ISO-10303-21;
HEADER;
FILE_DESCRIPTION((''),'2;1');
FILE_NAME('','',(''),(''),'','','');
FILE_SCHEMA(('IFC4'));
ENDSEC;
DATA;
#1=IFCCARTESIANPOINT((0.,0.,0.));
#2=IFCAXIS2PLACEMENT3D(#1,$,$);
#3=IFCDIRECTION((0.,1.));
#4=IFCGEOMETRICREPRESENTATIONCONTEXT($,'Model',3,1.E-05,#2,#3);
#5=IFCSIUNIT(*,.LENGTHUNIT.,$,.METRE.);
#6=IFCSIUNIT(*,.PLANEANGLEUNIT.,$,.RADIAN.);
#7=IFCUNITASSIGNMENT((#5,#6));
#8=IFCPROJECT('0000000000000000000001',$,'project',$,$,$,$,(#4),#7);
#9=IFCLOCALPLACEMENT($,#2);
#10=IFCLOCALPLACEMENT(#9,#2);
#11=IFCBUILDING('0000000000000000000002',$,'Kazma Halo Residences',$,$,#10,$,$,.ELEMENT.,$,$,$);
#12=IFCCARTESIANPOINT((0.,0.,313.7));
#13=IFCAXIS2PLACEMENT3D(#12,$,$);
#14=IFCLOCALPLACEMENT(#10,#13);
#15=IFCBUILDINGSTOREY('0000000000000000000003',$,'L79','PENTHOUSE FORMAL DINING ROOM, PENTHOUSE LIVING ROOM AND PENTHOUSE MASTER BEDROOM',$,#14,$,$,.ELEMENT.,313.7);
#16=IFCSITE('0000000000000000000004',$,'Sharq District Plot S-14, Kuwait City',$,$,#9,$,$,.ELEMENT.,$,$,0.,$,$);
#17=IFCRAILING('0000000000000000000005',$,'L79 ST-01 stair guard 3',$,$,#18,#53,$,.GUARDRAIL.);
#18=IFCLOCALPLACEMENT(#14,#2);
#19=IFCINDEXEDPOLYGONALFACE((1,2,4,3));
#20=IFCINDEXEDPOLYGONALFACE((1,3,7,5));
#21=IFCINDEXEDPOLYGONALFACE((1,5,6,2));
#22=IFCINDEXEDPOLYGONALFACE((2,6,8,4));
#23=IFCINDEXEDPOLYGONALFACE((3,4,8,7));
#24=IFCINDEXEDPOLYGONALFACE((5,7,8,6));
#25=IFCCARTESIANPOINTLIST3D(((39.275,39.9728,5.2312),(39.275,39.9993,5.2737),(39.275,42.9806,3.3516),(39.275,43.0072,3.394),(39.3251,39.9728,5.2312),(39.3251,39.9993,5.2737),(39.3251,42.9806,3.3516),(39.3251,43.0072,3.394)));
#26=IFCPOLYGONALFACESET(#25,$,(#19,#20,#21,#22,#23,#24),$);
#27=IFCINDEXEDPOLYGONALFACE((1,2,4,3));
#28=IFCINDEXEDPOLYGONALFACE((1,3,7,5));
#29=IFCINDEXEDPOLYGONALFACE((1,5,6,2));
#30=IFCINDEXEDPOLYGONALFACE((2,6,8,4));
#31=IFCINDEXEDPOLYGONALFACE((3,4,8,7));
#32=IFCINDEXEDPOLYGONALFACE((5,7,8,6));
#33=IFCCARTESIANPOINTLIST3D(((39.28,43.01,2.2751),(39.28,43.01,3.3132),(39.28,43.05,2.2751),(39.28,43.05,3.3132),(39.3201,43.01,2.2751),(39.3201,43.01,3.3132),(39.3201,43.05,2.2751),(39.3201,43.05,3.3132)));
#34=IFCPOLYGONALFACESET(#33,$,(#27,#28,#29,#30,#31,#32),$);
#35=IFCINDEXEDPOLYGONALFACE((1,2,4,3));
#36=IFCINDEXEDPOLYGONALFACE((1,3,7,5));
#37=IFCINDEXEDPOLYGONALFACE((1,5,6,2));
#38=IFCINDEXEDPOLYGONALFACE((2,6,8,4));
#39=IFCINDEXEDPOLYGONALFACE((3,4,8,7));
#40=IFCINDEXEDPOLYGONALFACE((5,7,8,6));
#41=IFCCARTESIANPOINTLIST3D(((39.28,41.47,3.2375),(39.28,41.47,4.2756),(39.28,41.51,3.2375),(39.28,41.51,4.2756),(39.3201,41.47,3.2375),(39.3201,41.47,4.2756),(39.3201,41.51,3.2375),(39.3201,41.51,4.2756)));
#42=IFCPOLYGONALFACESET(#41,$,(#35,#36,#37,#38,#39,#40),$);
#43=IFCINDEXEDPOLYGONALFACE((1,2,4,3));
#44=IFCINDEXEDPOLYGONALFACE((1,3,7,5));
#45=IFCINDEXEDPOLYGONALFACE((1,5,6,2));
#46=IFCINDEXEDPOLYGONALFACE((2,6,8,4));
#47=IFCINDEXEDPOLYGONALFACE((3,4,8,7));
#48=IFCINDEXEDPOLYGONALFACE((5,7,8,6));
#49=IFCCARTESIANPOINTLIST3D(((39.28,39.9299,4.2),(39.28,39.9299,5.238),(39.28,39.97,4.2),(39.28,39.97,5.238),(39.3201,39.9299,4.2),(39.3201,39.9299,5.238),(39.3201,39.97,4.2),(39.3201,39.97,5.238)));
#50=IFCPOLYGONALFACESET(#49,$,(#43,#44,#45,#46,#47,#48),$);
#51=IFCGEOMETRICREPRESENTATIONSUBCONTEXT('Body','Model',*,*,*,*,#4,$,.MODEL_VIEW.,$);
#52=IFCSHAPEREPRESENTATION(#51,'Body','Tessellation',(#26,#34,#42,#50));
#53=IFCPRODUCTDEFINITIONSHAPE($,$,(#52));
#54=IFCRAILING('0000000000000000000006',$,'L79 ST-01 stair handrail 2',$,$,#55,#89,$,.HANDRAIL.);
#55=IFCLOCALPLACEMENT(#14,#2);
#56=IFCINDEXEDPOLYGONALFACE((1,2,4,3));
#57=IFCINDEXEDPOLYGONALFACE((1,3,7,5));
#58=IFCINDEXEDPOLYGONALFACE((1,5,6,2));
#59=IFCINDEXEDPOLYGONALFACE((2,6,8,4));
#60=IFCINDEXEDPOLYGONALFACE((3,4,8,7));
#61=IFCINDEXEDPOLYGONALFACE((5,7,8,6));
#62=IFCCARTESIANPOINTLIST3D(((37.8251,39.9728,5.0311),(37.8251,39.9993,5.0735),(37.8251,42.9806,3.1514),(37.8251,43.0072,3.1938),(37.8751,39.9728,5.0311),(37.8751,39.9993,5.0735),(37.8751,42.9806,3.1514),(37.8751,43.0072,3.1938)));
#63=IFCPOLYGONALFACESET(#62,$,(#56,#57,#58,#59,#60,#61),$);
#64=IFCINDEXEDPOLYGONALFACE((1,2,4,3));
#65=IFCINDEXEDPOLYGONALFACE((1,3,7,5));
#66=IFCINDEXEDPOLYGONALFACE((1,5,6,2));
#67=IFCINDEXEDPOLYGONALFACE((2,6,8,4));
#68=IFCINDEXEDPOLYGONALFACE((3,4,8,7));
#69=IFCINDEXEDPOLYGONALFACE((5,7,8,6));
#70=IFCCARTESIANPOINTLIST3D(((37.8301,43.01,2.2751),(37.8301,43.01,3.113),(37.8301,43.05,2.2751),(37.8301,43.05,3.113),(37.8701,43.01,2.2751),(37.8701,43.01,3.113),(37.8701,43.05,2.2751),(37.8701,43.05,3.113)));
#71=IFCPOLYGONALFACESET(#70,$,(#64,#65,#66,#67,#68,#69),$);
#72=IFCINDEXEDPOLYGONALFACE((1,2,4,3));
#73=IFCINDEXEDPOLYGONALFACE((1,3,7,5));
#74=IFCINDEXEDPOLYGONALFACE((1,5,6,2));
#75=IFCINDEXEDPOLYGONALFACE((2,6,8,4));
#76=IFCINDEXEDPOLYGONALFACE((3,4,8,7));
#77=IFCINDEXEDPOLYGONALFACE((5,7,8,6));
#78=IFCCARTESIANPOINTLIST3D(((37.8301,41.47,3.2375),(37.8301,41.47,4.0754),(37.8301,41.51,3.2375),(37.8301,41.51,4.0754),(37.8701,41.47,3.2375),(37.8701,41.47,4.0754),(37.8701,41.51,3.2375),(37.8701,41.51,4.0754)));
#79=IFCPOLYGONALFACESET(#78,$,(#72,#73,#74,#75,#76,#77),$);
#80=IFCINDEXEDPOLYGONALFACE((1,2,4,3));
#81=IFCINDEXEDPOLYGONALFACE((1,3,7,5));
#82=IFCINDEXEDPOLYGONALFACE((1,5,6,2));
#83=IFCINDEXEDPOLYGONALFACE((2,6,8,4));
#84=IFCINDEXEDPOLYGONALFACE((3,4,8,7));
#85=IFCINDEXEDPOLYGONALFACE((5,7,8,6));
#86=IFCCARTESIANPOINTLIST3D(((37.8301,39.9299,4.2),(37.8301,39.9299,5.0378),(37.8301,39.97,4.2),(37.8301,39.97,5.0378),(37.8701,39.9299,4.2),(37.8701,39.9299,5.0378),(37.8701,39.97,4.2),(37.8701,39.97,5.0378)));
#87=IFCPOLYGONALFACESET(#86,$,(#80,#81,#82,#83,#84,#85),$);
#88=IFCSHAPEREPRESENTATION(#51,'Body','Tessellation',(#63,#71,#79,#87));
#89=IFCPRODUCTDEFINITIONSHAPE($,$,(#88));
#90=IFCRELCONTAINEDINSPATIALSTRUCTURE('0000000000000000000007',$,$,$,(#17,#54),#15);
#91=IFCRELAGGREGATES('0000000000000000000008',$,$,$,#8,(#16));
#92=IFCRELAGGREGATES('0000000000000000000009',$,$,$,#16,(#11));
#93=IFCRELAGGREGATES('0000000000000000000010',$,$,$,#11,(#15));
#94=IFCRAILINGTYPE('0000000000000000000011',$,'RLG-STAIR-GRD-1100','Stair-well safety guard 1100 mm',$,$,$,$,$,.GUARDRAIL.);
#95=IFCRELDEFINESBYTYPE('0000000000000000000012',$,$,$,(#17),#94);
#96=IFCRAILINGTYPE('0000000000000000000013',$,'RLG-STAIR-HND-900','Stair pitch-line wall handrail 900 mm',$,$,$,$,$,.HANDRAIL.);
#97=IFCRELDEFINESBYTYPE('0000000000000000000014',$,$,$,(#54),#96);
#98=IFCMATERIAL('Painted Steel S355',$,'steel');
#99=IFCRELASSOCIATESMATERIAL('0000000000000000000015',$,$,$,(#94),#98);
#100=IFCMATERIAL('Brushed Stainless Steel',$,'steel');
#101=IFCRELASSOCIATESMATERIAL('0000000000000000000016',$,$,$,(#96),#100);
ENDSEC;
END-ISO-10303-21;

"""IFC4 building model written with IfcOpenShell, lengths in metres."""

from ifc_helpers import new_model, si_unit, direction, frame, origin, origin_2d, place, context, subcontext, project, spatial, rectangle, extrude, material, type_object, element, save


model = new_model("IFC4")

# Units and contexts
model_context = context("Model", 3, precision=1e-05, world=origin(), true_north=direction((0.0, 1.0)))
body_context = subcontext(model_context, "Body", "Model", "MODEL_VIEW")
ifc_project = project(units=[si_unit("LENGTHUNIT", "METRE"), si_unit("PLANEANGLEUNIT", "RADIAN")], contexts=[model_context])

# Site, building, storey
site_placement = place(None, origin())
site = spatial("IfcSite", under=ifc_project, at=site_placement, Name="Sharq District Plot S-14, Kuwait City", CompositionType="ELEMENT", RefElevation=0.0)
building_placement = place(site_placement, origin())
building = spatial("IfcBuilding", under=site, at=building_placement, Name="Kazma Halo Residences", CompositionType="ELEMENT")
storey_placement = place(building_placement, frame((0.0, 0.0, 313.7)))
storey = spatial("IfcBuildingStorey", under=building, at=storey_placement, Name="L79", Description="PENTHOUSE FORMAL DINING ROOM, PENTHOUSE LIVING ROOM AND PENTHOUSE MASTER BEDROOM", CompositionType="ELEMENT", Elevation=313.7)

# Railings
ifc_material_1 = material(Name="Painted Steel S355", Category="steel")
railing_type_1 = type_object("IfcRailingType", Name="RLG-STAIR-GRD-1100", Description="Stair-well safety guard 1100 mm", PredefinedType="GUARDRAIL", material=ifc_material_1)
railing_1_placement = place(storey_placement, frame((39.3, 43.03, 2.2751)))
element("IfcRailing", 1, at=railing_1_placement, inside=storey, type_object=railing_type_1, Name="L79 ST-01 stair guard 3", PredefinedType="GUARDRAIL", context=body_context, shape_type="SweptSolid", body=[
    extrude(rectangle(XDim=0.05, YDim=0.05, at=origin_2d()), frame((0.0, -0.0361, 1.0977), z_axis=(0.0, -0.848029, 0.529951), x_axis=(1.0, 0.0, 0.0)), (0.0, 0.0, 1.0), 3.5469),
    extrude(rectangle(XDim=0.04, YDim=0.04, at=origin_2d()), origin(), (0.0, 0.0, 1.0), 1.0381),
    extrude(rectangle(XDim=0.04, YDim=0.04, at=origin_2d()), frame((0.0, -1.54, 0.9624)), (0.0, 0.0, 1.0), 1.0381),
    extrude(rectangle(XDim=0.04, YDim=0.04, at=origin_2d()), frame((0.0, -3.0801, 1.9248)), (0.0, 0.0, 1.0), 1.0381),
])
ifc_material_2 = material(Name="Brushed Stainless Steel", Category="steel")
railing_type_2 = type_object("IfcRailingType", Name="RLG-STAIR-HND-900", Description="Stair pitch-line wall handrail 900 mm", PredefinedType="HANDRAIL", material=ifc_material_2)
railing_2_placement = place(storey_placement, frame((37.8501, 43.03, 2.2751)))
element("IfcRailing", 2, at=railing_2_placement, inside=storey, type_object=railing_type_2, Name="L79 ST-01 stair handrail 2", PredefinedType="HANDRAIL", context=body_context, shape_type="SweptSolid", body=[
    extrude(rectangle(XDim=0.05, YDim=0.05, at=origin_2d()), frame((0.0, -0.0361, 0.8975), z_axis=(0.0, -0.848029, 0.529951), x_axis=(1.0, 0.0, 0.0)), (0.0, 0.0, 1.0), 3.5469),
    extrude(rectangle(XDim=0.04, YDim=0.04, at=origin_2d()), origin(), (0.0, 0.0, 1.0), 0.8379),
    extrude(rectangle(XDim=0.04, YDim=0.04, at=origin_2d()), frame((0.0, -1.54, 0.9624)), (0.0, 0.0, 1.0), 0.8379),
    extrude(rectangle(XDim=0.04, YDim=0.04, at=origin_2d()), frame((0.0, -3.0801, 1.9248)), (0.0, 0.0, 1.0), 0.8379),
])

save(model, "model.ifc")
